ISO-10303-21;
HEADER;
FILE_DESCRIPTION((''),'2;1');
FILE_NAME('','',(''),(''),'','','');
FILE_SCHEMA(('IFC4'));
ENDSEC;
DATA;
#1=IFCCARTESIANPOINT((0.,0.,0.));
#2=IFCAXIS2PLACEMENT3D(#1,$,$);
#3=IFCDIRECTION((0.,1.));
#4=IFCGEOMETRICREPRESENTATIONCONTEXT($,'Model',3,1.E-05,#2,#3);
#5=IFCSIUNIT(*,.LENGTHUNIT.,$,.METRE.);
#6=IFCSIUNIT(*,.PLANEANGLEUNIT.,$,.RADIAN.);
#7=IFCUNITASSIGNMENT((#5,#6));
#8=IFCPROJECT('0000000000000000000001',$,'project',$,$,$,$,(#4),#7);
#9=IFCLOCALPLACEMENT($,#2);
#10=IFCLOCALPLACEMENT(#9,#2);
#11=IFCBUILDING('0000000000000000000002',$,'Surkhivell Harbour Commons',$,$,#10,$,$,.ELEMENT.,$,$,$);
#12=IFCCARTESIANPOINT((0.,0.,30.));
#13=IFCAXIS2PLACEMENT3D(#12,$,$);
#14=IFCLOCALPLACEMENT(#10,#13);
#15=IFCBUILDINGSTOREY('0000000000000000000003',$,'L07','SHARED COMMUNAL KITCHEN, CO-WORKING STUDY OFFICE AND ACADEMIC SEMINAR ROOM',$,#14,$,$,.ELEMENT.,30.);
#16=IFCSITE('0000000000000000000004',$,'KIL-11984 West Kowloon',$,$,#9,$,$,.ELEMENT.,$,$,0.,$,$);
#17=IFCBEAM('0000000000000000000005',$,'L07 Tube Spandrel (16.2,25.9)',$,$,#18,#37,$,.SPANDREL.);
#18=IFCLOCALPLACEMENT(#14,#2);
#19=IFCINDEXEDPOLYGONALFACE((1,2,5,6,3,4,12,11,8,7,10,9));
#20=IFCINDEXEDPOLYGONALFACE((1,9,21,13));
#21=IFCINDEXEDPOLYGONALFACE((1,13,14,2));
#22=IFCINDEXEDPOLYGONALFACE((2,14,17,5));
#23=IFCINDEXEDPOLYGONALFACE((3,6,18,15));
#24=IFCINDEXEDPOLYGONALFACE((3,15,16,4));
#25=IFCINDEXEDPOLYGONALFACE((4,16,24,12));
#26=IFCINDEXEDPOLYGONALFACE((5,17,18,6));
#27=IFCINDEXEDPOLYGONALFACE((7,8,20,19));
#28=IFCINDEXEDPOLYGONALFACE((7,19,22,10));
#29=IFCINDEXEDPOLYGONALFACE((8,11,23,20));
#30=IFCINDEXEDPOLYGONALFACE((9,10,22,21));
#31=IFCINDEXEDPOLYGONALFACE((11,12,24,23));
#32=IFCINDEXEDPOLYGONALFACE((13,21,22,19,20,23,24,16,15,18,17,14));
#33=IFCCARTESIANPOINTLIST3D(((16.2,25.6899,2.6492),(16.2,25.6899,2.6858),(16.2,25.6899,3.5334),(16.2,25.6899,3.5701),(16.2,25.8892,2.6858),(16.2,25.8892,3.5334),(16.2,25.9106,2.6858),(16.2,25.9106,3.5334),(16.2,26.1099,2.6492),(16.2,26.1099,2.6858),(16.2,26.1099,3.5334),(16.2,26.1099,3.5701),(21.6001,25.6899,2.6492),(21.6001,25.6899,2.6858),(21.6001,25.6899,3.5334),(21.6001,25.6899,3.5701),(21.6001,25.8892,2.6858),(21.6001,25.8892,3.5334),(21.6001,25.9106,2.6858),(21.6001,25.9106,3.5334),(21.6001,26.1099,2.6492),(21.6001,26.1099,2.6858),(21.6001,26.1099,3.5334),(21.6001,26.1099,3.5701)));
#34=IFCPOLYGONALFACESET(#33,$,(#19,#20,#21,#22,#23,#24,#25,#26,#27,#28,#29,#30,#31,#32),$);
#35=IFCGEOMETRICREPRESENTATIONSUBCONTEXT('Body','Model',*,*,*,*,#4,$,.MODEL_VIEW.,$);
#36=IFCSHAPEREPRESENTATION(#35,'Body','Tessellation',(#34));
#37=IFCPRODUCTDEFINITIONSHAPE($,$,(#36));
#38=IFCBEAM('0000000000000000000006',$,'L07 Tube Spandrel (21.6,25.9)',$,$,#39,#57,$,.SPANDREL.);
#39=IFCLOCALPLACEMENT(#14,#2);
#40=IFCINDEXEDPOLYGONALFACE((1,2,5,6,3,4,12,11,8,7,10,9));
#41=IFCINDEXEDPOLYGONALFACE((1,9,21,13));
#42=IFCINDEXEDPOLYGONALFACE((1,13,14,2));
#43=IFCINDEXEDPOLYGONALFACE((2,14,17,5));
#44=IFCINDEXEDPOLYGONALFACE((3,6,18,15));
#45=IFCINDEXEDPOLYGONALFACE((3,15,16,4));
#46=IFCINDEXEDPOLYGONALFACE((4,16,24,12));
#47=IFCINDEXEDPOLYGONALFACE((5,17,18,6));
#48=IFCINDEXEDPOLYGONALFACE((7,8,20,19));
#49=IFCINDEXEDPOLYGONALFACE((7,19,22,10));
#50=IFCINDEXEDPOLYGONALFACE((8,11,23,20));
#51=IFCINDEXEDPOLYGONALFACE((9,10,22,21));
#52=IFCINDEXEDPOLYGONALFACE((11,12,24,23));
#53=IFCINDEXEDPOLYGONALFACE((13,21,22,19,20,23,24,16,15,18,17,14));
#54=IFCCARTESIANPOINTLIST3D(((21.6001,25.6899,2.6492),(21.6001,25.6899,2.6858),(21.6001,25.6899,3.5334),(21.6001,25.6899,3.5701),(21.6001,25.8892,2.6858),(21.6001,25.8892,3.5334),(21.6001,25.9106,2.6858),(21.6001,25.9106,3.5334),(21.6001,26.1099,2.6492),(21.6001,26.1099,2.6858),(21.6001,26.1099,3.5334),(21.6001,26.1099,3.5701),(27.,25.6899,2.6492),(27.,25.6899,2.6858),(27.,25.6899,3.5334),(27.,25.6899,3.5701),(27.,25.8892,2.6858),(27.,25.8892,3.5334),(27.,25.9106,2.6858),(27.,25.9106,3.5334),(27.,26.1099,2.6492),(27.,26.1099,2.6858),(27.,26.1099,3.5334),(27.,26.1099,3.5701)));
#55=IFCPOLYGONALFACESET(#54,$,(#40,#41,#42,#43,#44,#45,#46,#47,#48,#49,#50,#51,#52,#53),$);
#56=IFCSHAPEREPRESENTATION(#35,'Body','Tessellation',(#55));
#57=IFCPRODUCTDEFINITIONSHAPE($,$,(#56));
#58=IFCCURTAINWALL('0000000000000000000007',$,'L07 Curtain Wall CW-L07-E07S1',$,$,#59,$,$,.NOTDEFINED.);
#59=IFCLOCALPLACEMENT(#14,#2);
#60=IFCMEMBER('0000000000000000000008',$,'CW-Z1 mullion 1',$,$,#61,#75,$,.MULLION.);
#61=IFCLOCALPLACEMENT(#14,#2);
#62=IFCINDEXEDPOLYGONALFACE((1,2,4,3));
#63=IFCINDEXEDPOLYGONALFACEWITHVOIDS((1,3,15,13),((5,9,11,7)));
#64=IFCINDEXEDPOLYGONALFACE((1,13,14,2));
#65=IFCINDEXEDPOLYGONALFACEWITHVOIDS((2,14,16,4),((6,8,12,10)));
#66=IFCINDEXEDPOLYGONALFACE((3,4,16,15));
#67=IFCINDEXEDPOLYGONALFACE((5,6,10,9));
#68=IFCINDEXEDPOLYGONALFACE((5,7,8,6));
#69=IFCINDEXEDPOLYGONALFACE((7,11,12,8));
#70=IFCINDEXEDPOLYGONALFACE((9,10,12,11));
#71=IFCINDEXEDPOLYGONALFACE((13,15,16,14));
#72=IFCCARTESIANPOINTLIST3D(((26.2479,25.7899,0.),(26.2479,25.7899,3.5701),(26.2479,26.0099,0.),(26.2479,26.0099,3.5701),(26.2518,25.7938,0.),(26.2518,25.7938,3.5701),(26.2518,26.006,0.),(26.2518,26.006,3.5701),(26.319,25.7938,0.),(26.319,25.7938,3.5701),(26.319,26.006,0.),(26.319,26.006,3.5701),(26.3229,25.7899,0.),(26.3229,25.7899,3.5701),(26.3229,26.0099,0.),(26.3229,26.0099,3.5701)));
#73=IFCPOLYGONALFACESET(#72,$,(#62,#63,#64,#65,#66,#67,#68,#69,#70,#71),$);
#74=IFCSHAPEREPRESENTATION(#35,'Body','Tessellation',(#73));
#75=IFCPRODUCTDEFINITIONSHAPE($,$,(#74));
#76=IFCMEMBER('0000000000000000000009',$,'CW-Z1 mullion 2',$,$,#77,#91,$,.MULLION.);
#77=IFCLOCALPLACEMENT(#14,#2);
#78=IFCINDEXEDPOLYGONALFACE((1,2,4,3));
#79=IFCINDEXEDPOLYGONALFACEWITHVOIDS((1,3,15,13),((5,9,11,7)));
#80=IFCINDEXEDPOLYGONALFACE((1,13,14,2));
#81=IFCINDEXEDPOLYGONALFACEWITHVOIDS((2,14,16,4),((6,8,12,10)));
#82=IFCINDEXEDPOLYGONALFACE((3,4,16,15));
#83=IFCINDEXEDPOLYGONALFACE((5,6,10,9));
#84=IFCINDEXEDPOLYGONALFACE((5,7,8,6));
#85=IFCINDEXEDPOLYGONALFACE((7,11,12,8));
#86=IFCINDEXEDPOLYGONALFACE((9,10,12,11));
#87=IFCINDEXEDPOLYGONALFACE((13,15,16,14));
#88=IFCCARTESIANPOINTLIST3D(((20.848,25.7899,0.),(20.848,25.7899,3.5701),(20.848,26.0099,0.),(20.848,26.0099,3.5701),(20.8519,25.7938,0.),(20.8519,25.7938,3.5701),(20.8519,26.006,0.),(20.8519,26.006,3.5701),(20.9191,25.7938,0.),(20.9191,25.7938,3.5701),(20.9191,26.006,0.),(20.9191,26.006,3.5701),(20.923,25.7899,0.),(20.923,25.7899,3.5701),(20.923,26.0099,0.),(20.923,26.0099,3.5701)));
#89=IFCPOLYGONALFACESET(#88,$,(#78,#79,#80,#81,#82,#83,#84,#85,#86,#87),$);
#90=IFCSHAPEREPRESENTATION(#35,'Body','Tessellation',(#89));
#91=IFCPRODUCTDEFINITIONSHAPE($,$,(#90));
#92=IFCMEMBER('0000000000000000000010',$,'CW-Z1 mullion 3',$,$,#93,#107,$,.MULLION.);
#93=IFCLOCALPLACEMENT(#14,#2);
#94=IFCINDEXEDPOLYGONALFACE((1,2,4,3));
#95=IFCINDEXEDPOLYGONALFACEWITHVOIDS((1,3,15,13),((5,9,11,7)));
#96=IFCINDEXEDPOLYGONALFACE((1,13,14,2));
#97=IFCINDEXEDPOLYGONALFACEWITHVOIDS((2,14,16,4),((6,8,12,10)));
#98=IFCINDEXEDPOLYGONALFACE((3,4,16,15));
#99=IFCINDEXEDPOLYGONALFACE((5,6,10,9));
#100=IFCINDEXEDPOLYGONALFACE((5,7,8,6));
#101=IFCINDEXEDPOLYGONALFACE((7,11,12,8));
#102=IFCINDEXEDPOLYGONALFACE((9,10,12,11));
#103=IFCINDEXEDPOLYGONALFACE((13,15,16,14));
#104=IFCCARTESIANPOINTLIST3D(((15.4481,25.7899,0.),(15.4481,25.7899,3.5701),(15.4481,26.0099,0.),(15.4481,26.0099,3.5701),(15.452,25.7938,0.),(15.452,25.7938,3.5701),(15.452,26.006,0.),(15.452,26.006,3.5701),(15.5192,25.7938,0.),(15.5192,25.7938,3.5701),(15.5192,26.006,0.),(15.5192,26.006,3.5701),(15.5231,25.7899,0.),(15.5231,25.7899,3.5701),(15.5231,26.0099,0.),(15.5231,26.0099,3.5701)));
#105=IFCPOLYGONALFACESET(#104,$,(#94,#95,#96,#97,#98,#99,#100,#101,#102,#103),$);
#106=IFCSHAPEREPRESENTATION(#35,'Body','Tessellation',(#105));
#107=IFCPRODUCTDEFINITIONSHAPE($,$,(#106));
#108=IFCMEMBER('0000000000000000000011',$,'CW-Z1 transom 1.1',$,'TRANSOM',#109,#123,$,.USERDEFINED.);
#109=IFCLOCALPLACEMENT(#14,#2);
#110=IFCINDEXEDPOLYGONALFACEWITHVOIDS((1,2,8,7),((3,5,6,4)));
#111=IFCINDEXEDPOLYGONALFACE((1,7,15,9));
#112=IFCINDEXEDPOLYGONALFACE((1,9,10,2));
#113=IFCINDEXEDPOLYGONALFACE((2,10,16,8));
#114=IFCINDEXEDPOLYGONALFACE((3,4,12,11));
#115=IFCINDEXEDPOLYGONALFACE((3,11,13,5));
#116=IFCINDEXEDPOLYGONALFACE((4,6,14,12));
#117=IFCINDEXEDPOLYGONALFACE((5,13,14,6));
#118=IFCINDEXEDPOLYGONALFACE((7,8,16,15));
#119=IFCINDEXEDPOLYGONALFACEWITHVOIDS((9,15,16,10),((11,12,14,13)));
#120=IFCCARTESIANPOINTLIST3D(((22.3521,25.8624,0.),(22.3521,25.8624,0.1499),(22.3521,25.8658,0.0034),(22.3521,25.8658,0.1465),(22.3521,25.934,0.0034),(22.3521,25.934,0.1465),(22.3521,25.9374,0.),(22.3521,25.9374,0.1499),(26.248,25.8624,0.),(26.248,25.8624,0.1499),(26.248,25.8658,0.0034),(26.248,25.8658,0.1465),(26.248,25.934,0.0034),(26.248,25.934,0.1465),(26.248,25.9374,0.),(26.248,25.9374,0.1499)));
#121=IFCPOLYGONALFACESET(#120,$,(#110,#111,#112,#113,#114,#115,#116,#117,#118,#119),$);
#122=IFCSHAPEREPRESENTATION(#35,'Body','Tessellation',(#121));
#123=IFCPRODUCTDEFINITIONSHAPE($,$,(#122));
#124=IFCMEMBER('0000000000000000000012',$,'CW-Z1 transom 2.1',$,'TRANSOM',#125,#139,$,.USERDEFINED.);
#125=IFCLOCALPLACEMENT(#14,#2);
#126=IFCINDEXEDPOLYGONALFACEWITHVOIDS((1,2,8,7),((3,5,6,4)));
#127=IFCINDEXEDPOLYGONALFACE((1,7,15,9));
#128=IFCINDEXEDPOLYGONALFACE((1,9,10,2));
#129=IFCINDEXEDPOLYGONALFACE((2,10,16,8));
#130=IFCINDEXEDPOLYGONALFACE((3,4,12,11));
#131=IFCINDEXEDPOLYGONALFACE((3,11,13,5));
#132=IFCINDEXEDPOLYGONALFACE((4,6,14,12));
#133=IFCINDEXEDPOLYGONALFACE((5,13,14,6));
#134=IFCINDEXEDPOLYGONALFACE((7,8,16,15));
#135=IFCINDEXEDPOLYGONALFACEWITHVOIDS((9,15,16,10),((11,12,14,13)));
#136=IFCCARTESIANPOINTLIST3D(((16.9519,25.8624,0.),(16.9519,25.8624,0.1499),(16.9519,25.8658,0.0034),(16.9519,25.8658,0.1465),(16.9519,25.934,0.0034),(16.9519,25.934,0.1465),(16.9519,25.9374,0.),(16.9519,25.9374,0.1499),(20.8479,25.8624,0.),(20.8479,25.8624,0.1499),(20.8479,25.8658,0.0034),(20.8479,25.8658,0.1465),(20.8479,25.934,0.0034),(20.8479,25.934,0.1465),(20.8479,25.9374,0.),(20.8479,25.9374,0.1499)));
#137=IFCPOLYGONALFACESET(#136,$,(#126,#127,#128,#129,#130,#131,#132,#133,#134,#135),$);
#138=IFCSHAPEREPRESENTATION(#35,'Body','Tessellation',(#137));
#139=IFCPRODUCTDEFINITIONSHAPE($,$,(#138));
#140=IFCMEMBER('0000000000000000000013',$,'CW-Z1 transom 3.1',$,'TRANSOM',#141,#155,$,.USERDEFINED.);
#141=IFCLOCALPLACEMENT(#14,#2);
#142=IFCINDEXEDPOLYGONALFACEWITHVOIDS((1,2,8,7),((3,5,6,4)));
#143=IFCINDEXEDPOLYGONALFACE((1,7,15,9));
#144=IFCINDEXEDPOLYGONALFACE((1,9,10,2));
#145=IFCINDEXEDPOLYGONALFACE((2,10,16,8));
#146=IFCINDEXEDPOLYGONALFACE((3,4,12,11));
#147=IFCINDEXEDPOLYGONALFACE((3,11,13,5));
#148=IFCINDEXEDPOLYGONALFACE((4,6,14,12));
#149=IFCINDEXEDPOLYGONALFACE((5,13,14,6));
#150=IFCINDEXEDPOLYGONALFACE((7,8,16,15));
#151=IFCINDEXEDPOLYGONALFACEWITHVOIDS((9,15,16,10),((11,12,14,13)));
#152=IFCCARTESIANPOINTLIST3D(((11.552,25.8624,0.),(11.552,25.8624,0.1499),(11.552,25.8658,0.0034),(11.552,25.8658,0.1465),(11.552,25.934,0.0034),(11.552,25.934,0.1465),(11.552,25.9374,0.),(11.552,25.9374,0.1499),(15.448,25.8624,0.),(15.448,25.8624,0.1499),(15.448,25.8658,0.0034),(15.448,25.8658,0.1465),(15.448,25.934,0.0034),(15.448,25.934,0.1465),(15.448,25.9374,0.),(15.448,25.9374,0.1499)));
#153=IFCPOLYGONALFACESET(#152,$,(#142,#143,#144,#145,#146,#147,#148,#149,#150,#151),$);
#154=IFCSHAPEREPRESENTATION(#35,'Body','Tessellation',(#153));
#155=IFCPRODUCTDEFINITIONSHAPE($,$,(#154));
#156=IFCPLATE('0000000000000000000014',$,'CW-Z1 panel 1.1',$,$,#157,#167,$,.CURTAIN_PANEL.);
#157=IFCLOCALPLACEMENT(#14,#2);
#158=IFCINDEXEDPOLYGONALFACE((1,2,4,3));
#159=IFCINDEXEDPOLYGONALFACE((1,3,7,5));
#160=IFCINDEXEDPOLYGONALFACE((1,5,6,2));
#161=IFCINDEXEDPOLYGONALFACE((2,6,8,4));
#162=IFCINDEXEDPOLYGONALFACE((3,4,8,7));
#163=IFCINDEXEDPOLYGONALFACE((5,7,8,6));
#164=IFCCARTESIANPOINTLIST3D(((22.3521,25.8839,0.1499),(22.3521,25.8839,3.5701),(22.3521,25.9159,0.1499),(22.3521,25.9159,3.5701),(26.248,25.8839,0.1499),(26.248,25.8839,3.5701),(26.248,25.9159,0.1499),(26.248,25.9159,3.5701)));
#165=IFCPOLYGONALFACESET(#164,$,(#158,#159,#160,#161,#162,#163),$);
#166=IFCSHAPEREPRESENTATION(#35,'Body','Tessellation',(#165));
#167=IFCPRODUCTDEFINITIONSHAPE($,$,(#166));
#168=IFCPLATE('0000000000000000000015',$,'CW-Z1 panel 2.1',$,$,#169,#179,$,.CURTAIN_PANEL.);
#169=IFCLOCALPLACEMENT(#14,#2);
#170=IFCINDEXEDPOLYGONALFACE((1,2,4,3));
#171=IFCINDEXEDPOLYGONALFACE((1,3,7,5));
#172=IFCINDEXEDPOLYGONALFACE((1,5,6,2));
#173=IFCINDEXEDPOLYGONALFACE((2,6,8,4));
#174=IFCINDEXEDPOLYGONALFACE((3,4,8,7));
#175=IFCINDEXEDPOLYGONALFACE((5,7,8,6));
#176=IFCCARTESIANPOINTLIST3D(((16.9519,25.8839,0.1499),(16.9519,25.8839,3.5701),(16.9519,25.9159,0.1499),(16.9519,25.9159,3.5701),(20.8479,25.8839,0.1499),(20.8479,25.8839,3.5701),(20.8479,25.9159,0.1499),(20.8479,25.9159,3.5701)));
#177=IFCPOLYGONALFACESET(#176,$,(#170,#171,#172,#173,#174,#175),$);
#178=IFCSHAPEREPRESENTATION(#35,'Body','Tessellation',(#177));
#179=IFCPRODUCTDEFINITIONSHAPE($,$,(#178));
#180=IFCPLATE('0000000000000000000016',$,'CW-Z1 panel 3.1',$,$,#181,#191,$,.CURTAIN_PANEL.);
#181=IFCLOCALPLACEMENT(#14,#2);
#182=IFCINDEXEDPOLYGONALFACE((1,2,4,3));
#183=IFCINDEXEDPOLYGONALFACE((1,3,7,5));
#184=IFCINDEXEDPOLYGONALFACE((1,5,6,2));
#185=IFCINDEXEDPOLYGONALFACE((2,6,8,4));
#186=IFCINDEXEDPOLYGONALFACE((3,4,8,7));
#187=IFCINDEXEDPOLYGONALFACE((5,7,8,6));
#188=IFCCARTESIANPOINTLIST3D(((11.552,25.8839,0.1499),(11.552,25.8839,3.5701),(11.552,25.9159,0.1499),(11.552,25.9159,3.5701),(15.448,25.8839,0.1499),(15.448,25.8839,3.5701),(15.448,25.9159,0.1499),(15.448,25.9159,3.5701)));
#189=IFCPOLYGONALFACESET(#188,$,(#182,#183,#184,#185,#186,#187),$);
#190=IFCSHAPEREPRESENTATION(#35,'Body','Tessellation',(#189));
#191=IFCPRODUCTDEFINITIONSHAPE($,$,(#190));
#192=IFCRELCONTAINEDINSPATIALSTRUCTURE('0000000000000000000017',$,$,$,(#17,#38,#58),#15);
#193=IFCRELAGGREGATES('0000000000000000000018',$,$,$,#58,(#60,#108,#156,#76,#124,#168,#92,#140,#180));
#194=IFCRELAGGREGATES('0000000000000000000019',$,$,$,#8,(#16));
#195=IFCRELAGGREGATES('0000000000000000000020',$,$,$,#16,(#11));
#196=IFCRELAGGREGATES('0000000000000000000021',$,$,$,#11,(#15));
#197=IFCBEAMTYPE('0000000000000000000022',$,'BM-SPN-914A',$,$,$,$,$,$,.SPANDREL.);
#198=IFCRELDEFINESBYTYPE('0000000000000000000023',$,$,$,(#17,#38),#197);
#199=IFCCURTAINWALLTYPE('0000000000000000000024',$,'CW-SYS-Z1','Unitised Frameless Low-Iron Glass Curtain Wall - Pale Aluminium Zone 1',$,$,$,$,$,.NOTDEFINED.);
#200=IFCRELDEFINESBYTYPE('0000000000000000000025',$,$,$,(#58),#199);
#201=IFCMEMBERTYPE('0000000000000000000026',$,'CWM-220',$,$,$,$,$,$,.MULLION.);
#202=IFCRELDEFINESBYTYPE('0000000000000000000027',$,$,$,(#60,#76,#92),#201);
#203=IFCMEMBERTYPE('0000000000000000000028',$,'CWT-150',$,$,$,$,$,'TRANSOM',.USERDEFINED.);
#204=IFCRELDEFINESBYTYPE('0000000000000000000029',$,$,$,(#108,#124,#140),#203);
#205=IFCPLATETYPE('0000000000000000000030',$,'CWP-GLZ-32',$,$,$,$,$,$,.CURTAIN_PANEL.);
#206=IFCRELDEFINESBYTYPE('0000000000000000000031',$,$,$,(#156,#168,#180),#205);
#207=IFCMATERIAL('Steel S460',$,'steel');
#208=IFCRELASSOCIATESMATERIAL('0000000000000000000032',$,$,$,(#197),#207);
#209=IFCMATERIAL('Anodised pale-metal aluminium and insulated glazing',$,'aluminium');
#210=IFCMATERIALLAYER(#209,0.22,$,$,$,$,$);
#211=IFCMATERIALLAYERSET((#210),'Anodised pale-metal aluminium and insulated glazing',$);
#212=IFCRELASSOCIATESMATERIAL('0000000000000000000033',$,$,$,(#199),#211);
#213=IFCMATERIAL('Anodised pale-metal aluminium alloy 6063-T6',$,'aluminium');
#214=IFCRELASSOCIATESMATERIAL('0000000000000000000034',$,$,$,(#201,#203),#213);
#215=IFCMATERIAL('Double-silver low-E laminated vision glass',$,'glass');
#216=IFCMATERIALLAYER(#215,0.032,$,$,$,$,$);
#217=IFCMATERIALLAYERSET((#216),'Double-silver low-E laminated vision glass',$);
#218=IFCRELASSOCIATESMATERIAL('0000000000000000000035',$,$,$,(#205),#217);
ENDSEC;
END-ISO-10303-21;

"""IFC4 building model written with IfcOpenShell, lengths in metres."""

from ifc_helpers import new_model, si_unit, direction, frame, frame_2d, origin, origin_2d, place, context, subcontext, project, spatial, rectangle, hollow_rectangle, i_section, extrude, material, layer, layer_set, material_profile, profile_set, type_object, element, aggregate, save


model = new_model("IFC4")

# Units and contexts
model_context = context("Model", 3, precision=1e-05, world=origin(), true_north=direction((0.0, 1.0)))
body_context = subcontext(model_context, "Body", "Model", "MODEL_VIEW")
ifc_project = project(units=[si_unit("LENGTHUNIT", "METRE"), si_unit("PLANEANGLEUNIT", "RADIAN")], contexts=[model_context])

# Site, building, storey
site_placement = place(None, origin())
site = spatial("IfcSite", under=ifc_project, at=site_placement, Name="KIL-11984 West Kowloon", CompositionType="ELEMENT", RefElevation=0.0)
building_placement = place(site_placement, origin())
building = spatial("IfcBuilding", under=site, at=building_placement, Name="Surkhivell Harbour Commons", CompositionType="ELEMENT")
storey_placement = place(building_placement, frame((0.0, 0.0, 30.0)))
storey = spatial("IfcBuildingStorey", under=building, at=storey_placement, Name="L07", Description="SHARED COMMUNAL KITCHEN, CO-WORKING STUDY OFFICE AND ACADEMIC SEMINAR ROOM", CompositionType="ELEMENT", Elevation=30.0)

# Beams
ifc_material_1 = material(Name="Steel S460", Category="steel")
ifc_material_profile_1 = material_profile(ifc_material_1, i_section(OverallWidth=0.4199, OverallDepth=0.9209, WebThickness=0.0215, FlangeThickness=0.0366, at=origin_2d()), Name="UB914x419x388")
ifc_profile_set_1 = profile_set([ifc_material_profile_1], Name="Steel S460")
beam_type_1 = type_object("IfcBeamType", Name="BM-SPN-914A", PredefinedType="SPANDREL", material=ifc_profile_set_1)
beam_1_placement = place(storey_placement, frame((16.2, 25.8999, 3.1096), z_axis=(1.0, 0.0, 0.0), x_axis=(0.0, 1.0, 0.0)))
element("IfcBeam", 1, at=beam_1_placement, inside=storey, type_object=beam_type_1, Name="L07 Tube Spandrel (16.2,25.9)", PredefinedType="SPANDREL", context=body_context, shape_type="SweptSolid", body=[
    extrude(i_section(OverallWidth=0.4199, OverallDepth=0.9209, WebThickness=0.0215, FlangeThickness=0.0366, at=origin_2d()), origin(), (0.0, 0.0, 1.0), 5.4001),
])
beam_2_placement = place(storey_placement, frame((21.6001, 25.8999, 3.1096), z_axis=(1.0, 0.0, 0.0), x_axis=(0.0, 1.0, 0.0)))
element("IfcBeam", 2, at=beam_2_placement, inside=storey, type_object=beam_type_1, Name="L07 Tube Spandrel (21.6,25.9)", PredefinedType="SPANDREL", context=body_context, shape_type="SweptSolid", body=[
    extrude(i_section(OverallWidth=0.4199, OverallDepth=0.9209, WebThickness=0.0215, FlangeThickness=0.0366, at=origin_2d()), origin(), (0.0, 0.0, 1.0), 5.3999),
])

# Curtain wall, members, plates
ifc_material_2 = material(Name="Anodised pale-metal aluminium and insulated glazing", Category="aluminium")
ifc_layer_1 = layer(ifc_material_2, 0.22)
ifc_layer_set_1 = layer_set([ifc_layer_1], Name="Anodised pale-metal aluminium and insulated glazing")
curtain_wall_type = type_object("IfcCurtainWallType", Name="CW-SYS-Z1", Description="Unitised Frameless Low-Iron Glass Curtain Wall - Pale Aluminium Zone 1", PredefinedType="NOTDEFINED", material=ifc_layer_set_1)
curtain_wall_placement = place(storey_placement, origin())
curtain_wall = element("IfcCurtainWall", 3, at=curtain_wall_placement, inside=storey, type_object=curtain_wall_type, Name="L07 Curtain Wall CW-L07-E07S1", PredefinedType="NOTDEFINED")
ifc_material_3 = material(Name="Anodised pale-metal aluminium alloy 6063-T6", Category="aluminium")
ifc_material_profile_2 = material_profile(ifc_material_3, hollow_rectangle(XDim=0.075, YDim=0.22, WallThickness=0.0039, at=origin_2d()), Name="ALU-MULL-75x220")
ifc_profile_set_2 = profile_set([ifc_material_profile_2], Name="Anodised pale-metal aluminium alloy 6063-T6")
member_type_1 = type_object("IfcMemberType", Name="CWM-220", PredefinedType="MULLION", material=ifc_profile_set_2)
member_1_placement = place(storey_placement, frame((26.2854, 25.8999, 0.0), z_axis=(0.0, 0.0, 1.0), x_axis=(-1.0, 0.0, 0.0)))
member_1 = element("IfcMember", 4, at=member_1_placement, type_object=member_type_1, Name="CW-Z1 mullion 1", PredefinedType="MULLION", context=body_context, shape_type="SweptSolid", body=[
    extrude(hollow_rectangle(XDim=0.075, YDim=0.22, WallThickness=0.0039, at=origin_2d()), origin(), (0.0, 0.0, 1.0), 3.5701),
])
member_2_placement = place(storey_placement, frame((20.8855, 25.8999, 0.0), z_axis=(0.0, 0.0, 1.0), x_axis=(-1.0, 0.0, 0.0)))
member_2 = element("IfcMember", 5, at=member_2_placement, type_object=member_type_1, Name="CW-Z1 mullion 2", PredefinedType="MULLION", context=body_context, shape_type="SweptSolid", body=[
    extrude(hollow_rectangle(XDim=0.075, YDim=0.22, WallThickness=0.0039, at=origin_2d()), origin(), (0.0, 0.0, 1.0), 3.5701),
])
member_3_placement = place(storey_placement, frame((15.4856, 25.8999, 0.0), z_axis=(0.0, 0.0, 1.0), x_axis=(-1.0, 0.0, 0.0)))
member_3 = element("IfcMember", 6, at=member_3_placement, type_object=member_type_1, Name="CW-Z1 mullion 3", PredefinedType="MULLION", context=body_context, shape_type="SweptSolid", body=[
    extrude(hollow_rectangle(XDim=0.075, YDim=0.22, WallThickness=0.0039, at=origin_2d()), origin(), (0.0, 0.0, 1.0), 3.5701),
])
ifc_material_profile_3 = material_profile(ifc_material_3, hollow_rectangle(XDim=0.075, YDim=0.1499, WallThickness=0.0034, at=origin_2d()), Name="ALU-TRAN-75x150")
ifc_profile_set_3 = profile_set([ifc_material_profile_3], Name="Anodised pale-metal aluminium alloy 6063-T6")
member_type_2 = type_object("IfcMemberType", Name="CWT-150", ElementType="TRANSOM", PredefinedType="USERDEFINED", material=ifc_profile_set_3)
member_4_placement = place(storey_placement, frame((26.248, 25.8999, 0.075), z_axis=(-1.0, 0.0, 0.0), x_axis=(0.0, -1.0, 0.0)))
member_4 = element("IfcMember", 7, at=member_4_placement, type_object=member_type_2, Name="CW-Z1 transom 1.1", ObjectType="TRANSOM", PredefinedType="USERDEFINED", context=body_context, shape_type="SweptSolid", body=[
    extrude(hollow_rectangle(XDim=0.075, YDim=0.1499, WallThickness=0.0034, at=origin_2d()), origin(), (0.0, 0.0, 1.0), 3.896),
])
member_5_placement = place(storey_placement, frame((20.8479, 25.8999, 0.075), z_axis=(-1.0, 0.0, 0.0), x_axis=(0.0, -1.0, 0.0)))
member_5 = element("IfcMember", 8, at=member_5_placement, type_object=member_type_2, Name="CW-Z1 transom 2.1", ObjectType="TRANSOM", PredefinedType="USERDEFINED", context=body_context, shape_type="SweptSolid", body=[
    extrude(hollow_rectangle(XDim=0.075, YDim=0.1499, WallThickness=0.0034, at=origin_2d()), origin(), (0.0, 0.0, 1.0), 3.896),
])
member_6_placement = place(storey_placement, frame((15.448, 25.8999, 0.075), z_axis=(-1.0, 0.0, 0.0), x_axis=(0.0, -1.0, 0.0)))
member_6 = element("IfcMember", 9, at=member_6_placement, type_object=member_type_2, Name="CW-Z1 transom 3.1", ObjectType="TRANSOM", PredefinedType="USERDEFINED", context=body_context, shape_type="SweptSolid", body=[
    extrude(hollow_rectangle(XDim=0.075, YDim=0.1499, WallThickness=0.0034, at=origin_2d()), origin(), (0.0, 0.0, 1.0), 3.896),
])
ifc_material_4 = material(Name="Double-silver low-E laminated vision glass", Category="glass")
ifc_layer_2 = layer(ifc_material_4, 0.032)
ifc_layer_set_2 = layer_set([ifc_layer_2], Name="Double-silver low-E laminated vision glass")
plate_type = type_object("IfcPlateType", Name="CWP-GLZ-32", PredefinedType="CURTAIN_PANEL", material=ifc_layer_set_2)
plate_1_placement = place(storey_placement, frame((26.248, 25.8999, 0.1499), z_axis=(0.0, 0.0, 1.0), x_axis=(-1.0, 0.0, 0.0)))
plate_1 = element("IfcPlate", 10, at=plate_1_placement, type_object=plate_type, Name="CW-Z1 panel 1.1", PredefinedType="CURTAIN_PANEL", context=body_context, shape_type="SweptSolid", body=[
    extrude(rectangle(XDim=3.896, YDim=0.032, at=frame_2d((1.948, 0.0))), origin(), (0.0, 0.0, 1.0), 3.4202),
])
plate_2_placement = place(storey_placement, frame((20.8479, 25.8999, 0.1499), z_axis=(0.0, 0.0, 1.0), x_axis=(-1.0, 0.0, 0.0)))
plate_2 = element("IfcPlate", 11, at=plate_2_placement, type_object=plate_type, Name="CW-Z1 panel 2.1", PredefinedType="CURTAIN_PANEL", context=body_context, shape_type="SweptSolid", body=[
    extrude(rectangle(XDim=3.896, YDim=0.032, at=frame_2d((1.948, 0.0))), origin(), (0.0, 0.0, 1.0), 3.4202),
])
plate_3_placement = place(storey_placement, frame((15.448, 25.8999, 0.1499), z_axis=(0.0, 0.0, 1.0), x_axis=(-1.0, 0.0, 0.0)))
plate_3 = element("IfcPlate", 12, at=plate_3_placement, type_object=plate_type, Name="CW-Z1 panel 3.1", PredefinedType="CURTAIN_PANEL", context=body_context, shape_type="SweptSolid", body=[
    extrude(rectangle(XDim=3.896, YDim=0.032, at=frame_2d((1.948, 0.0))), origin(), (0.0, 0.0, 1.0), 3.4202),
])
aggregate(curtain_wall, [member_1, member_4, plate_1, member_2, member_5, plate_2, member_3, member_6, plate_3])

save(model, "model.ifc")
